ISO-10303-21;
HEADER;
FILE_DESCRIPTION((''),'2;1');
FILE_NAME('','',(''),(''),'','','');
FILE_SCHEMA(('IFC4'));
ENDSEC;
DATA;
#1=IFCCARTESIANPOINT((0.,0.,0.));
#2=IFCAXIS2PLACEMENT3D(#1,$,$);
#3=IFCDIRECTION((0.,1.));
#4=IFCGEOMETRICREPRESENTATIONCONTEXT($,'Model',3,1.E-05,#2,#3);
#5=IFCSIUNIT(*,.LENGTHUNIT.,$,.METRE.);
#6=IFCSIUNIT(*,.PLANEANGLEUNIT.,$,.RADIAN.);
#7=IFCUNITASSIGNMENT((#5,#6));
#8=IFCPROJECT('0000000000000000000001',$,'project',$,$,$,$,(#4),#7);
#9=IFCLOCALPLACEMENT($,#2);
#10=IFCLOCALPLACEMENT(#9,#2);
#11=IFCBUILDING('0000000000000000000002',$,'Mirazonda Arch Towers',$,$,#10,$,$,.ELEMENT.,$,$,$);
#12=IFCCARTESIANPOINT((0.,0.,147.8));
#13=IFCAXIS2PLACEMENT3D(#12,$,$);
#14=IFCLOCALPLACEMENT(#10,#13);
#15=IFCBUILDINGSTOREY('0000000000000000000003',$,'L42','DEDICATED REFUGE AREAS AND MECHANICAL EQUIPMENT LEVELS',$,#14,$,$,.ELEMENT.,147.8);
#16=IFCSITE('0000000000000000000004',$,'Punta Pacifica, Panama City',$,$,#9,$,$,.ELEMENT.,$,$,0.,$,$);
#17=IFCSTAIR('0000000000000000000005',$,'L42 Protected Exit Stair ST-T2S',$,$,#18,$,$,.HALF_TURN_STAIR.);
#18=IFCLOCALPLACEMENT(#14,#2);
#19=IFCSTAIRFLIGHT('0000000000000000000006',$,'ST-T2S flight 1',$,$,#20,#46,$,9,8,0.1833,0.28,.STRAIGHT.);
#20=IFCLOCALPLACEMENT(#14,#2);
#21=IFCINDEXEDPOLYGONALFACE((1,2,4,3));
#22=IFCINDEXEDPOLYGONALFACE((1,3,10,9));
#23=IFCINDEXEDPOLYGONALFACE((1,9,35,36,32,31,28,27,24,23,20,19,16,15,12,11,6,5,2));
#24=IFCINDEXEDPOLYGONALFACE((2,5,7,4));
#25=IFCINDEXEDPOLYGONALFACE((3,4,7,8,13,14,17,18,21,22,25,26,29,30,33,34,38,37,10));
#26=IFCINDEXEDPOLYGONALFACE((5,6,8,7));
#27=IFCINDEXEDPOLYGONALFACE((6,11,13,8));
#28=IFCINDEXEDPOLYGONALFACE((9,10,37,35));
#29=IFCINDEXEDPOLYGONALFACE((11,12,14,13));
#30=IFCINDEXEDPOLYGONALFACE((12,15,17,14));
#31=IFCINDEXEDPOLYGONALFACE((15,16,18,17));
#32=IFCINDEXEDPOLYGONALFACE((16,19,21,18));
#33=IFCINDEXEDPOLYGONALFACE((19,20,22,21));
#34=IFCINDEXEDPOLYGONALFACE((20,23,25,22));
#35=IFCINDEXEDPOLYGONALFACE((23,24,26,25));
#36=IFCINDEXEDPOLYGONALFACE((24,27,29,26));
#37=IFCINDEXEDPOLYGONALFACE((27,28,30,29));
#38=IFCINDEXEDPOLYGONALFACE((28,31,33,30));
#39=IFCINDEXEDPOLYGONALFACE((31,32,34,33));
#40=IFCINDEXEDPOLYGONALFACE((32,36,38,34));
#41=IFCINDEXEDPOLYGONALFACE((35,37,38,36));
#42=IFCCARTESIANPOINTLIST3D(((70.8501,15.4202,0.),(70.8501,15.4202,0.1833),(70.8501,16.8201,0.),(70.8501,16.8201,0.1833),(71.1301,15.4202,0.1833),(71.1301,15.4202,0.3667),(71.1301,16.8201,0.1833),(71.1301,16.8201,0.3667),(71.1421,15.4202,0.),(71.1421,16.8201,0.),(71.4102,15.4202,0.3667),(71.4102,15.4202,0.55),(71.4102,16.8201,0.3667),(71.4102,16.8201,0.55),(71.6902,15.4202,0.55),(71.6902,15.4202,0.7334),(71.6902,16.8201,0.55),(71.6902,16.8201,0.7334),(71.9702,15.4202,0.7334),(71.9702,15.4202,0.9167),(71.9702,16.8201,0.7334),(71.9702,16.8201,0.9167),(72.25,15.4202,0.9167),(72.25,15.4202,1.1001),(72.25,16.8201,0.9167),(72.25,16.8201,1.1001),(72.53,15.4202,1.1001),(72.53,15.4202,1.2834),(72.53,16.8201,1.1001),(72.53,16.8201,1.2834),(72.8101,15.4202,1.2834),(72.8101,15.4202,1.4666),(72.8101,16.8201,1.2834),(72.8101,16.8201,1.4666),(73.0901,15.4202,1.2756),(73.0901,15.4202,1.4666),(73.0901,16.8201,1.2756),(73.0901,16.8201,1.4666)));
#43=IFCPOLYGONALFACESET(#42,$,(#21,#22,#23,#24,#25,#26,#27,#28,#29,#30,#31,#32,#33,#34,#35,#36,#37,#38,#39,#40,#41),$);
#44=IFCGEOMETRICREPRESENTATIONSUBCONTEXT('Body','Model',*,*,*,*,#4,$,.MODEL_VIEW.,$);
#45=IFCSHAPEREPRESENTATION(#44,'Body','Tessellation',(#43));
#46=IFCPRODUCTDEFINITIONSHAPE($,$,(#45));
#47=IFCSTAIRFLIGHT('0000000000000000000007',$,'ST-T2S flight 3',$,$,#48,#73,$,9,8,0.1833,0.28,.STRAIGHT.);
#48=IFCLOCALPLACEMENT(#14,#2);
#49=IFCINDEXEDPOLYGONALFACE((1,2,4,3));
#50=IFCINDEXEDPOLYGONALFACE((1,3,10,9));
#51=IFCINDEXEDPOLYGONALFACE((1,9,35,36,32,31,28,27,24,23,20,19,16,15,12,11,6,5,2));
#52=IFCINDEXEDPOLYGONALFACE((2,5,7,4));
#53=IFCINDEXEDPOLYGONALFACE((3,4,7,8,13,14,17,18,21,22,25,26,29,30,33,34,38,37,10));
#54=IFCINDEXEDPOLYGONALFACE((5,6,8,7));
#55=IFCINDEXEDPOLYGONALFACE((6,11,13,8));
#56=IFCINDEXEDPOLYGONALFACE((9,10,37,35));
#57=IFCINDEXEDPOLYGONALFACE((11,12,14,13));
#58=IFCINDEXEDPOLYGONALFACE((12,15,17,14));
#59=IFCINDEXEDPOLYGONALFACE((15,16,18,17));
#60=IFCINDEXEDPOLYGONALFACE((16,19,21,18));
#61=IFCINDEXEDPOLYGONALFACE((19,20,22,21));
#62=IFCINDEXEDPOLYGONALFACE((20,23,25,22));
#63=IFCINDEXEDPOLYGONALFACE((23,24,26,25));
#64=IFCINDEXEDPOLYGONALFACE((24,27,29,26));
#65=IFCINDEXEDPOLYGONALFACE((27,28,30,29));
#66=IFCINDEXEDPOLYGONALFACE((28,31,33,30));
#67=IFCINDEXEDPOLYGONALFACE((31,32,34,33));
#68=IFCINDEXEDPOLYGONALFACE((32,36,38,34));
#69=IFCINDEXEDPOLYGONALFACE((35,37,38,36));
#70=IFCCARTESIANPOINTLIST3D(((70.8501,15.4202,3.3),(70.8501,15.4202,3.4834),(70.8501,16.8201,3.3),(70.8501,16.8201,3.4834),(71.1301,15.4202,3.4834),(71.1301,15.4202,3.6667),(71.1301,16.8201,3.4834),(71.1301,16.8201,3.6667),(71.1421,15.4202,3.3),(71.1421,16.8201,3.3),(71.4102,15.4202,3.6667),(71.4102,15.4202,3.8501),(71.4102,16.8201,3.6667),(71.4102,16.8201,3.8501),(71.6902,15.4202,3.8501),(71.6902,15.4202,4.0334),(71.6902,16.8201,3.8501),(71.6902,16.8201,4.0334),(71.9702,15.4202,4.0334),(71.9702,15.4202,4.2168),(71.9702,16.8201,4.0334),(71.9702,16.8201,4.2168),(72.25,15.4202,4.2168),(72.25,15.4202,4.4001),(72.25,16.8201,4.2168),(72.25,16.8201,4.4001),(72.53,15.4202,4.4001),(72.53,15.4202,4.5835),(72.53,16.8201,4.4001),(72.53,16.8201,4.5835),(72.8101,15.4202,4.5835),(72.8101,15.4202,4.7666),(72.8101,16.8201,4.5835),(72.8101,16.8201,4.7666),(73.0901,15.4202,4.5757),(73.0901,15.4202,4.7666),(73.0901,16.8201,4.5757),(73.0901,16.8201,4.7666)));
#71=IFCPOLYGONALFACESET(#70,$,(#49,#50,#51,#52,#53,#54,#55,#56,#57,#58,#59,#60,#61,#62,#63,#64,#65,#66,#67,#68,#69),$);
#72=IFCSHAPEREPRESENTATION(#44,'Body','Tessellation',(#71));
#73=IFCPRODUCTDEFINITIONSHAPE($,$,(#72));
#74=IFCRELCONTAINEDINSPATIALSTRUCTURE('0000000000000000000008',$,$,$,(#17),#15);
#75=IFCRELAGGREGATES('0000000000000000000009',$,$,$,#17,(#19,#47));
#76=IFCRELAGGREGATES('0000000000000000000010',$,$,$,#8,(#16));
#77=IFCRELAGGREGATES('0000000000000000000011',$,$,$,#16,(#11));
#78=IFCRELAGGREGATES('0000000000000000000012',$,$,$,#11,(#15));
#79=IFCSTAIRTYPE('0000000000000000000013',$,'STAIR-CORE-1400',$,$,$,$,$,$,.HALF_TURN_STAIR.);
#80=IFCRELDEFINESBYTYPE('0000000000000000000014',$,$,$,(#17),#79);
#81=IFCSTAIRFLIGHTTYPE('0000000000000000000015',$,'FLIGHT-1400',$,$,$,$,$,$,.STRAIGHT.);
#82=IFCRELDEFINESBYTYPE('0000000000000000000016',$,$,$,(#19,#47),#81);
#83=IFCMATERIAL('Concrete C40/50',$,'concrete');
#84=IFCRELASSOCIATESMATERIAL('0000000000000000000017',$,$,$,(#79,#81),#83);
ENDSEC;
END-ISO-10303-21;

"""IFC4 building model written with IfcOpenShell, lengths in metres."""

from ifc_helpers import new_model, si_unit, direction, frame, origin, place, context, subcontext, project, spatial, polyline, outline, extrude, material, type_object, element, aggregate, save


model = new_model("IFC4")

# Units and contexts
model_context = context("Model", 3, precision=1e-05, world=origin(), true_north=direction((0.0, 1.0)))
body_context = subcontext(model_context, "Body", "Model", "MODEL_VIEW")
ifc_project = project(units=[si_unit("LENGTHUNIT", "METRE"), si_unit("PLANEANGLEUNIT", "RADIAN")], contexts=[model_context])

# Site, building, storey
site_placement = place(None, origin())
site = spatial("IfcSite", under=ifc_project, at=site_placement, Name="Punta Pacifica, Panama City", CompositionType="ELEMENT", RefElevation=0.0)
building_placement = place(site_placement, origin())
building = spatial("IfcBuilding", under=site, at=building_placement, Name="Mirazonda Arch Towers", CompositionType="ELEMENT")
storey_placement = place(building_placement, frame((0.0, 0.0, 147.8)))
storey = spatial("IfcBuildingStorey", under=building, at=storey_placement, Name="L42", Description="DEDICATED REFUGE AREAS AND MECHANICAL EQUIPMENT LEVELS", CompositionType="ELEMENT", Elevation=147.8)

# Stair, stair flights
ifc_material_1 = material(Name="Concrete C40/50", Category="concrete")
stair_type = type_object("IfcStairType", Name="STAIR-CORE-1400", PredefinedType="HALF_TURN_STAIR", material=ifc_material_1)
stair_placement = place(storey_placement, origin())
stair = element("IfcStair", 1, at=stair_placement, inside=storey, type_object=stair_type, Name="L42 Protected Exit Stair ST-T2S", PredefinedType="HALF_TURN_STAIR")
stair_flight_type = type_object("IfcStairFlightType", Name="FLIGHT-1400", PredefinedType="STRAIGHT", material=ifc_material_1)
stair_flight_1_placement = place(storey_placement, frame((70.8501, 16.1201, 0.0), z_axis=(0.0, 0.0, 1.0), x_axis=(1.0, 0.0, 0.0)))
stair_flight_1 = element("IfcStairFlight", 2, at=stair_flight_1_placement, type_object=stair_flight_type, Name="ST-T2S flight 1", NumberOfRisers=9, NumberOfTreads=8, PredefinedType="STRAIGHT", RiserHeight=0.1833, TreadLength=0.28, context=body_context, shape_type="SweptSolid", body=[
    extrude(outline(polyline([(0.0, 0.0), (0.0, 0.1833), (0.28, 0.1833), (0.28, 0.3667), (0.5601, 0.3667), (0.5601, 0.55), (0.8401, 0.55), (0.8401, 0.7334), (1.1201, 0.7334), (1.1201, 0.9167), (1.3999, 0.9167), (1.3999, 1.1001), (1.6799, 1.1001), (1.6799, 1.2834), (1.96, 1.2834), (1.96, 1.4666), (2.24, 1.4666), (2.24, 1.6499), (2.24, 1.2756), (0.292, 0.0), (0.0, 0.0)])), frame((0.0, 0.7, 0.0), z_axis=(0.0, -1.0, 0.0), x_axis=(1.0, 0.0, 0.0)), (0.0, 0.0, 1.0), 1.3999),
])
stair_flight_2_placement = place(storey_placement, frame((70.8501, 16.1201, 3.3), z_axis=(0.0, 0.0, 1.0), x_axis=(1.0, 0.0, 0.0)))
stair_flight_2 = element("IfcStairFlight", 3, at=stair_flight_2_placement, type_object=stair_flight_type, Name="ST-T2S flight 3", NumberOfRisers=9, NumberOfTreads=8, PredefinedType="STRAIGHT", RiserHeight=0.1833, TreadLength=0.28, context=body_context, shape_type="SweptSolid", body=[
    extrude(outline(polyline([(0.0, 0.0), (0.0, 0.1833), (0.28, 0.1833), (0.28, 0.3667), (0.5601, 0.3667), (0.5601, 0.55), (0.8401, 0.55), (0.8401, 0.7334), (1.1201, 0.7334), (1.1201, 0.9167), (1.3999, 0.9167), (1.3999, 1.1001), (1.6799, 1.1001), (1.6799, 1.2834), (1.96, 1.2834), (1.96, 1.4666), (2.24, 1.4666), (2.24, 1.6499), (2.24, 1.2756), (0.292, 0.0), (0.0, 0.0)])), frame((0.0, 0.7, 0.0), z_axis=(0.0, -1.0, 0.0), x_axis=(1.0, 0.0, 0.0)), (0.0, 0.0, 1.0), 1.3999),
])
aggregate(stair, [stair_flight_1, stair_flight_2])

save(model, "model.ifc")
